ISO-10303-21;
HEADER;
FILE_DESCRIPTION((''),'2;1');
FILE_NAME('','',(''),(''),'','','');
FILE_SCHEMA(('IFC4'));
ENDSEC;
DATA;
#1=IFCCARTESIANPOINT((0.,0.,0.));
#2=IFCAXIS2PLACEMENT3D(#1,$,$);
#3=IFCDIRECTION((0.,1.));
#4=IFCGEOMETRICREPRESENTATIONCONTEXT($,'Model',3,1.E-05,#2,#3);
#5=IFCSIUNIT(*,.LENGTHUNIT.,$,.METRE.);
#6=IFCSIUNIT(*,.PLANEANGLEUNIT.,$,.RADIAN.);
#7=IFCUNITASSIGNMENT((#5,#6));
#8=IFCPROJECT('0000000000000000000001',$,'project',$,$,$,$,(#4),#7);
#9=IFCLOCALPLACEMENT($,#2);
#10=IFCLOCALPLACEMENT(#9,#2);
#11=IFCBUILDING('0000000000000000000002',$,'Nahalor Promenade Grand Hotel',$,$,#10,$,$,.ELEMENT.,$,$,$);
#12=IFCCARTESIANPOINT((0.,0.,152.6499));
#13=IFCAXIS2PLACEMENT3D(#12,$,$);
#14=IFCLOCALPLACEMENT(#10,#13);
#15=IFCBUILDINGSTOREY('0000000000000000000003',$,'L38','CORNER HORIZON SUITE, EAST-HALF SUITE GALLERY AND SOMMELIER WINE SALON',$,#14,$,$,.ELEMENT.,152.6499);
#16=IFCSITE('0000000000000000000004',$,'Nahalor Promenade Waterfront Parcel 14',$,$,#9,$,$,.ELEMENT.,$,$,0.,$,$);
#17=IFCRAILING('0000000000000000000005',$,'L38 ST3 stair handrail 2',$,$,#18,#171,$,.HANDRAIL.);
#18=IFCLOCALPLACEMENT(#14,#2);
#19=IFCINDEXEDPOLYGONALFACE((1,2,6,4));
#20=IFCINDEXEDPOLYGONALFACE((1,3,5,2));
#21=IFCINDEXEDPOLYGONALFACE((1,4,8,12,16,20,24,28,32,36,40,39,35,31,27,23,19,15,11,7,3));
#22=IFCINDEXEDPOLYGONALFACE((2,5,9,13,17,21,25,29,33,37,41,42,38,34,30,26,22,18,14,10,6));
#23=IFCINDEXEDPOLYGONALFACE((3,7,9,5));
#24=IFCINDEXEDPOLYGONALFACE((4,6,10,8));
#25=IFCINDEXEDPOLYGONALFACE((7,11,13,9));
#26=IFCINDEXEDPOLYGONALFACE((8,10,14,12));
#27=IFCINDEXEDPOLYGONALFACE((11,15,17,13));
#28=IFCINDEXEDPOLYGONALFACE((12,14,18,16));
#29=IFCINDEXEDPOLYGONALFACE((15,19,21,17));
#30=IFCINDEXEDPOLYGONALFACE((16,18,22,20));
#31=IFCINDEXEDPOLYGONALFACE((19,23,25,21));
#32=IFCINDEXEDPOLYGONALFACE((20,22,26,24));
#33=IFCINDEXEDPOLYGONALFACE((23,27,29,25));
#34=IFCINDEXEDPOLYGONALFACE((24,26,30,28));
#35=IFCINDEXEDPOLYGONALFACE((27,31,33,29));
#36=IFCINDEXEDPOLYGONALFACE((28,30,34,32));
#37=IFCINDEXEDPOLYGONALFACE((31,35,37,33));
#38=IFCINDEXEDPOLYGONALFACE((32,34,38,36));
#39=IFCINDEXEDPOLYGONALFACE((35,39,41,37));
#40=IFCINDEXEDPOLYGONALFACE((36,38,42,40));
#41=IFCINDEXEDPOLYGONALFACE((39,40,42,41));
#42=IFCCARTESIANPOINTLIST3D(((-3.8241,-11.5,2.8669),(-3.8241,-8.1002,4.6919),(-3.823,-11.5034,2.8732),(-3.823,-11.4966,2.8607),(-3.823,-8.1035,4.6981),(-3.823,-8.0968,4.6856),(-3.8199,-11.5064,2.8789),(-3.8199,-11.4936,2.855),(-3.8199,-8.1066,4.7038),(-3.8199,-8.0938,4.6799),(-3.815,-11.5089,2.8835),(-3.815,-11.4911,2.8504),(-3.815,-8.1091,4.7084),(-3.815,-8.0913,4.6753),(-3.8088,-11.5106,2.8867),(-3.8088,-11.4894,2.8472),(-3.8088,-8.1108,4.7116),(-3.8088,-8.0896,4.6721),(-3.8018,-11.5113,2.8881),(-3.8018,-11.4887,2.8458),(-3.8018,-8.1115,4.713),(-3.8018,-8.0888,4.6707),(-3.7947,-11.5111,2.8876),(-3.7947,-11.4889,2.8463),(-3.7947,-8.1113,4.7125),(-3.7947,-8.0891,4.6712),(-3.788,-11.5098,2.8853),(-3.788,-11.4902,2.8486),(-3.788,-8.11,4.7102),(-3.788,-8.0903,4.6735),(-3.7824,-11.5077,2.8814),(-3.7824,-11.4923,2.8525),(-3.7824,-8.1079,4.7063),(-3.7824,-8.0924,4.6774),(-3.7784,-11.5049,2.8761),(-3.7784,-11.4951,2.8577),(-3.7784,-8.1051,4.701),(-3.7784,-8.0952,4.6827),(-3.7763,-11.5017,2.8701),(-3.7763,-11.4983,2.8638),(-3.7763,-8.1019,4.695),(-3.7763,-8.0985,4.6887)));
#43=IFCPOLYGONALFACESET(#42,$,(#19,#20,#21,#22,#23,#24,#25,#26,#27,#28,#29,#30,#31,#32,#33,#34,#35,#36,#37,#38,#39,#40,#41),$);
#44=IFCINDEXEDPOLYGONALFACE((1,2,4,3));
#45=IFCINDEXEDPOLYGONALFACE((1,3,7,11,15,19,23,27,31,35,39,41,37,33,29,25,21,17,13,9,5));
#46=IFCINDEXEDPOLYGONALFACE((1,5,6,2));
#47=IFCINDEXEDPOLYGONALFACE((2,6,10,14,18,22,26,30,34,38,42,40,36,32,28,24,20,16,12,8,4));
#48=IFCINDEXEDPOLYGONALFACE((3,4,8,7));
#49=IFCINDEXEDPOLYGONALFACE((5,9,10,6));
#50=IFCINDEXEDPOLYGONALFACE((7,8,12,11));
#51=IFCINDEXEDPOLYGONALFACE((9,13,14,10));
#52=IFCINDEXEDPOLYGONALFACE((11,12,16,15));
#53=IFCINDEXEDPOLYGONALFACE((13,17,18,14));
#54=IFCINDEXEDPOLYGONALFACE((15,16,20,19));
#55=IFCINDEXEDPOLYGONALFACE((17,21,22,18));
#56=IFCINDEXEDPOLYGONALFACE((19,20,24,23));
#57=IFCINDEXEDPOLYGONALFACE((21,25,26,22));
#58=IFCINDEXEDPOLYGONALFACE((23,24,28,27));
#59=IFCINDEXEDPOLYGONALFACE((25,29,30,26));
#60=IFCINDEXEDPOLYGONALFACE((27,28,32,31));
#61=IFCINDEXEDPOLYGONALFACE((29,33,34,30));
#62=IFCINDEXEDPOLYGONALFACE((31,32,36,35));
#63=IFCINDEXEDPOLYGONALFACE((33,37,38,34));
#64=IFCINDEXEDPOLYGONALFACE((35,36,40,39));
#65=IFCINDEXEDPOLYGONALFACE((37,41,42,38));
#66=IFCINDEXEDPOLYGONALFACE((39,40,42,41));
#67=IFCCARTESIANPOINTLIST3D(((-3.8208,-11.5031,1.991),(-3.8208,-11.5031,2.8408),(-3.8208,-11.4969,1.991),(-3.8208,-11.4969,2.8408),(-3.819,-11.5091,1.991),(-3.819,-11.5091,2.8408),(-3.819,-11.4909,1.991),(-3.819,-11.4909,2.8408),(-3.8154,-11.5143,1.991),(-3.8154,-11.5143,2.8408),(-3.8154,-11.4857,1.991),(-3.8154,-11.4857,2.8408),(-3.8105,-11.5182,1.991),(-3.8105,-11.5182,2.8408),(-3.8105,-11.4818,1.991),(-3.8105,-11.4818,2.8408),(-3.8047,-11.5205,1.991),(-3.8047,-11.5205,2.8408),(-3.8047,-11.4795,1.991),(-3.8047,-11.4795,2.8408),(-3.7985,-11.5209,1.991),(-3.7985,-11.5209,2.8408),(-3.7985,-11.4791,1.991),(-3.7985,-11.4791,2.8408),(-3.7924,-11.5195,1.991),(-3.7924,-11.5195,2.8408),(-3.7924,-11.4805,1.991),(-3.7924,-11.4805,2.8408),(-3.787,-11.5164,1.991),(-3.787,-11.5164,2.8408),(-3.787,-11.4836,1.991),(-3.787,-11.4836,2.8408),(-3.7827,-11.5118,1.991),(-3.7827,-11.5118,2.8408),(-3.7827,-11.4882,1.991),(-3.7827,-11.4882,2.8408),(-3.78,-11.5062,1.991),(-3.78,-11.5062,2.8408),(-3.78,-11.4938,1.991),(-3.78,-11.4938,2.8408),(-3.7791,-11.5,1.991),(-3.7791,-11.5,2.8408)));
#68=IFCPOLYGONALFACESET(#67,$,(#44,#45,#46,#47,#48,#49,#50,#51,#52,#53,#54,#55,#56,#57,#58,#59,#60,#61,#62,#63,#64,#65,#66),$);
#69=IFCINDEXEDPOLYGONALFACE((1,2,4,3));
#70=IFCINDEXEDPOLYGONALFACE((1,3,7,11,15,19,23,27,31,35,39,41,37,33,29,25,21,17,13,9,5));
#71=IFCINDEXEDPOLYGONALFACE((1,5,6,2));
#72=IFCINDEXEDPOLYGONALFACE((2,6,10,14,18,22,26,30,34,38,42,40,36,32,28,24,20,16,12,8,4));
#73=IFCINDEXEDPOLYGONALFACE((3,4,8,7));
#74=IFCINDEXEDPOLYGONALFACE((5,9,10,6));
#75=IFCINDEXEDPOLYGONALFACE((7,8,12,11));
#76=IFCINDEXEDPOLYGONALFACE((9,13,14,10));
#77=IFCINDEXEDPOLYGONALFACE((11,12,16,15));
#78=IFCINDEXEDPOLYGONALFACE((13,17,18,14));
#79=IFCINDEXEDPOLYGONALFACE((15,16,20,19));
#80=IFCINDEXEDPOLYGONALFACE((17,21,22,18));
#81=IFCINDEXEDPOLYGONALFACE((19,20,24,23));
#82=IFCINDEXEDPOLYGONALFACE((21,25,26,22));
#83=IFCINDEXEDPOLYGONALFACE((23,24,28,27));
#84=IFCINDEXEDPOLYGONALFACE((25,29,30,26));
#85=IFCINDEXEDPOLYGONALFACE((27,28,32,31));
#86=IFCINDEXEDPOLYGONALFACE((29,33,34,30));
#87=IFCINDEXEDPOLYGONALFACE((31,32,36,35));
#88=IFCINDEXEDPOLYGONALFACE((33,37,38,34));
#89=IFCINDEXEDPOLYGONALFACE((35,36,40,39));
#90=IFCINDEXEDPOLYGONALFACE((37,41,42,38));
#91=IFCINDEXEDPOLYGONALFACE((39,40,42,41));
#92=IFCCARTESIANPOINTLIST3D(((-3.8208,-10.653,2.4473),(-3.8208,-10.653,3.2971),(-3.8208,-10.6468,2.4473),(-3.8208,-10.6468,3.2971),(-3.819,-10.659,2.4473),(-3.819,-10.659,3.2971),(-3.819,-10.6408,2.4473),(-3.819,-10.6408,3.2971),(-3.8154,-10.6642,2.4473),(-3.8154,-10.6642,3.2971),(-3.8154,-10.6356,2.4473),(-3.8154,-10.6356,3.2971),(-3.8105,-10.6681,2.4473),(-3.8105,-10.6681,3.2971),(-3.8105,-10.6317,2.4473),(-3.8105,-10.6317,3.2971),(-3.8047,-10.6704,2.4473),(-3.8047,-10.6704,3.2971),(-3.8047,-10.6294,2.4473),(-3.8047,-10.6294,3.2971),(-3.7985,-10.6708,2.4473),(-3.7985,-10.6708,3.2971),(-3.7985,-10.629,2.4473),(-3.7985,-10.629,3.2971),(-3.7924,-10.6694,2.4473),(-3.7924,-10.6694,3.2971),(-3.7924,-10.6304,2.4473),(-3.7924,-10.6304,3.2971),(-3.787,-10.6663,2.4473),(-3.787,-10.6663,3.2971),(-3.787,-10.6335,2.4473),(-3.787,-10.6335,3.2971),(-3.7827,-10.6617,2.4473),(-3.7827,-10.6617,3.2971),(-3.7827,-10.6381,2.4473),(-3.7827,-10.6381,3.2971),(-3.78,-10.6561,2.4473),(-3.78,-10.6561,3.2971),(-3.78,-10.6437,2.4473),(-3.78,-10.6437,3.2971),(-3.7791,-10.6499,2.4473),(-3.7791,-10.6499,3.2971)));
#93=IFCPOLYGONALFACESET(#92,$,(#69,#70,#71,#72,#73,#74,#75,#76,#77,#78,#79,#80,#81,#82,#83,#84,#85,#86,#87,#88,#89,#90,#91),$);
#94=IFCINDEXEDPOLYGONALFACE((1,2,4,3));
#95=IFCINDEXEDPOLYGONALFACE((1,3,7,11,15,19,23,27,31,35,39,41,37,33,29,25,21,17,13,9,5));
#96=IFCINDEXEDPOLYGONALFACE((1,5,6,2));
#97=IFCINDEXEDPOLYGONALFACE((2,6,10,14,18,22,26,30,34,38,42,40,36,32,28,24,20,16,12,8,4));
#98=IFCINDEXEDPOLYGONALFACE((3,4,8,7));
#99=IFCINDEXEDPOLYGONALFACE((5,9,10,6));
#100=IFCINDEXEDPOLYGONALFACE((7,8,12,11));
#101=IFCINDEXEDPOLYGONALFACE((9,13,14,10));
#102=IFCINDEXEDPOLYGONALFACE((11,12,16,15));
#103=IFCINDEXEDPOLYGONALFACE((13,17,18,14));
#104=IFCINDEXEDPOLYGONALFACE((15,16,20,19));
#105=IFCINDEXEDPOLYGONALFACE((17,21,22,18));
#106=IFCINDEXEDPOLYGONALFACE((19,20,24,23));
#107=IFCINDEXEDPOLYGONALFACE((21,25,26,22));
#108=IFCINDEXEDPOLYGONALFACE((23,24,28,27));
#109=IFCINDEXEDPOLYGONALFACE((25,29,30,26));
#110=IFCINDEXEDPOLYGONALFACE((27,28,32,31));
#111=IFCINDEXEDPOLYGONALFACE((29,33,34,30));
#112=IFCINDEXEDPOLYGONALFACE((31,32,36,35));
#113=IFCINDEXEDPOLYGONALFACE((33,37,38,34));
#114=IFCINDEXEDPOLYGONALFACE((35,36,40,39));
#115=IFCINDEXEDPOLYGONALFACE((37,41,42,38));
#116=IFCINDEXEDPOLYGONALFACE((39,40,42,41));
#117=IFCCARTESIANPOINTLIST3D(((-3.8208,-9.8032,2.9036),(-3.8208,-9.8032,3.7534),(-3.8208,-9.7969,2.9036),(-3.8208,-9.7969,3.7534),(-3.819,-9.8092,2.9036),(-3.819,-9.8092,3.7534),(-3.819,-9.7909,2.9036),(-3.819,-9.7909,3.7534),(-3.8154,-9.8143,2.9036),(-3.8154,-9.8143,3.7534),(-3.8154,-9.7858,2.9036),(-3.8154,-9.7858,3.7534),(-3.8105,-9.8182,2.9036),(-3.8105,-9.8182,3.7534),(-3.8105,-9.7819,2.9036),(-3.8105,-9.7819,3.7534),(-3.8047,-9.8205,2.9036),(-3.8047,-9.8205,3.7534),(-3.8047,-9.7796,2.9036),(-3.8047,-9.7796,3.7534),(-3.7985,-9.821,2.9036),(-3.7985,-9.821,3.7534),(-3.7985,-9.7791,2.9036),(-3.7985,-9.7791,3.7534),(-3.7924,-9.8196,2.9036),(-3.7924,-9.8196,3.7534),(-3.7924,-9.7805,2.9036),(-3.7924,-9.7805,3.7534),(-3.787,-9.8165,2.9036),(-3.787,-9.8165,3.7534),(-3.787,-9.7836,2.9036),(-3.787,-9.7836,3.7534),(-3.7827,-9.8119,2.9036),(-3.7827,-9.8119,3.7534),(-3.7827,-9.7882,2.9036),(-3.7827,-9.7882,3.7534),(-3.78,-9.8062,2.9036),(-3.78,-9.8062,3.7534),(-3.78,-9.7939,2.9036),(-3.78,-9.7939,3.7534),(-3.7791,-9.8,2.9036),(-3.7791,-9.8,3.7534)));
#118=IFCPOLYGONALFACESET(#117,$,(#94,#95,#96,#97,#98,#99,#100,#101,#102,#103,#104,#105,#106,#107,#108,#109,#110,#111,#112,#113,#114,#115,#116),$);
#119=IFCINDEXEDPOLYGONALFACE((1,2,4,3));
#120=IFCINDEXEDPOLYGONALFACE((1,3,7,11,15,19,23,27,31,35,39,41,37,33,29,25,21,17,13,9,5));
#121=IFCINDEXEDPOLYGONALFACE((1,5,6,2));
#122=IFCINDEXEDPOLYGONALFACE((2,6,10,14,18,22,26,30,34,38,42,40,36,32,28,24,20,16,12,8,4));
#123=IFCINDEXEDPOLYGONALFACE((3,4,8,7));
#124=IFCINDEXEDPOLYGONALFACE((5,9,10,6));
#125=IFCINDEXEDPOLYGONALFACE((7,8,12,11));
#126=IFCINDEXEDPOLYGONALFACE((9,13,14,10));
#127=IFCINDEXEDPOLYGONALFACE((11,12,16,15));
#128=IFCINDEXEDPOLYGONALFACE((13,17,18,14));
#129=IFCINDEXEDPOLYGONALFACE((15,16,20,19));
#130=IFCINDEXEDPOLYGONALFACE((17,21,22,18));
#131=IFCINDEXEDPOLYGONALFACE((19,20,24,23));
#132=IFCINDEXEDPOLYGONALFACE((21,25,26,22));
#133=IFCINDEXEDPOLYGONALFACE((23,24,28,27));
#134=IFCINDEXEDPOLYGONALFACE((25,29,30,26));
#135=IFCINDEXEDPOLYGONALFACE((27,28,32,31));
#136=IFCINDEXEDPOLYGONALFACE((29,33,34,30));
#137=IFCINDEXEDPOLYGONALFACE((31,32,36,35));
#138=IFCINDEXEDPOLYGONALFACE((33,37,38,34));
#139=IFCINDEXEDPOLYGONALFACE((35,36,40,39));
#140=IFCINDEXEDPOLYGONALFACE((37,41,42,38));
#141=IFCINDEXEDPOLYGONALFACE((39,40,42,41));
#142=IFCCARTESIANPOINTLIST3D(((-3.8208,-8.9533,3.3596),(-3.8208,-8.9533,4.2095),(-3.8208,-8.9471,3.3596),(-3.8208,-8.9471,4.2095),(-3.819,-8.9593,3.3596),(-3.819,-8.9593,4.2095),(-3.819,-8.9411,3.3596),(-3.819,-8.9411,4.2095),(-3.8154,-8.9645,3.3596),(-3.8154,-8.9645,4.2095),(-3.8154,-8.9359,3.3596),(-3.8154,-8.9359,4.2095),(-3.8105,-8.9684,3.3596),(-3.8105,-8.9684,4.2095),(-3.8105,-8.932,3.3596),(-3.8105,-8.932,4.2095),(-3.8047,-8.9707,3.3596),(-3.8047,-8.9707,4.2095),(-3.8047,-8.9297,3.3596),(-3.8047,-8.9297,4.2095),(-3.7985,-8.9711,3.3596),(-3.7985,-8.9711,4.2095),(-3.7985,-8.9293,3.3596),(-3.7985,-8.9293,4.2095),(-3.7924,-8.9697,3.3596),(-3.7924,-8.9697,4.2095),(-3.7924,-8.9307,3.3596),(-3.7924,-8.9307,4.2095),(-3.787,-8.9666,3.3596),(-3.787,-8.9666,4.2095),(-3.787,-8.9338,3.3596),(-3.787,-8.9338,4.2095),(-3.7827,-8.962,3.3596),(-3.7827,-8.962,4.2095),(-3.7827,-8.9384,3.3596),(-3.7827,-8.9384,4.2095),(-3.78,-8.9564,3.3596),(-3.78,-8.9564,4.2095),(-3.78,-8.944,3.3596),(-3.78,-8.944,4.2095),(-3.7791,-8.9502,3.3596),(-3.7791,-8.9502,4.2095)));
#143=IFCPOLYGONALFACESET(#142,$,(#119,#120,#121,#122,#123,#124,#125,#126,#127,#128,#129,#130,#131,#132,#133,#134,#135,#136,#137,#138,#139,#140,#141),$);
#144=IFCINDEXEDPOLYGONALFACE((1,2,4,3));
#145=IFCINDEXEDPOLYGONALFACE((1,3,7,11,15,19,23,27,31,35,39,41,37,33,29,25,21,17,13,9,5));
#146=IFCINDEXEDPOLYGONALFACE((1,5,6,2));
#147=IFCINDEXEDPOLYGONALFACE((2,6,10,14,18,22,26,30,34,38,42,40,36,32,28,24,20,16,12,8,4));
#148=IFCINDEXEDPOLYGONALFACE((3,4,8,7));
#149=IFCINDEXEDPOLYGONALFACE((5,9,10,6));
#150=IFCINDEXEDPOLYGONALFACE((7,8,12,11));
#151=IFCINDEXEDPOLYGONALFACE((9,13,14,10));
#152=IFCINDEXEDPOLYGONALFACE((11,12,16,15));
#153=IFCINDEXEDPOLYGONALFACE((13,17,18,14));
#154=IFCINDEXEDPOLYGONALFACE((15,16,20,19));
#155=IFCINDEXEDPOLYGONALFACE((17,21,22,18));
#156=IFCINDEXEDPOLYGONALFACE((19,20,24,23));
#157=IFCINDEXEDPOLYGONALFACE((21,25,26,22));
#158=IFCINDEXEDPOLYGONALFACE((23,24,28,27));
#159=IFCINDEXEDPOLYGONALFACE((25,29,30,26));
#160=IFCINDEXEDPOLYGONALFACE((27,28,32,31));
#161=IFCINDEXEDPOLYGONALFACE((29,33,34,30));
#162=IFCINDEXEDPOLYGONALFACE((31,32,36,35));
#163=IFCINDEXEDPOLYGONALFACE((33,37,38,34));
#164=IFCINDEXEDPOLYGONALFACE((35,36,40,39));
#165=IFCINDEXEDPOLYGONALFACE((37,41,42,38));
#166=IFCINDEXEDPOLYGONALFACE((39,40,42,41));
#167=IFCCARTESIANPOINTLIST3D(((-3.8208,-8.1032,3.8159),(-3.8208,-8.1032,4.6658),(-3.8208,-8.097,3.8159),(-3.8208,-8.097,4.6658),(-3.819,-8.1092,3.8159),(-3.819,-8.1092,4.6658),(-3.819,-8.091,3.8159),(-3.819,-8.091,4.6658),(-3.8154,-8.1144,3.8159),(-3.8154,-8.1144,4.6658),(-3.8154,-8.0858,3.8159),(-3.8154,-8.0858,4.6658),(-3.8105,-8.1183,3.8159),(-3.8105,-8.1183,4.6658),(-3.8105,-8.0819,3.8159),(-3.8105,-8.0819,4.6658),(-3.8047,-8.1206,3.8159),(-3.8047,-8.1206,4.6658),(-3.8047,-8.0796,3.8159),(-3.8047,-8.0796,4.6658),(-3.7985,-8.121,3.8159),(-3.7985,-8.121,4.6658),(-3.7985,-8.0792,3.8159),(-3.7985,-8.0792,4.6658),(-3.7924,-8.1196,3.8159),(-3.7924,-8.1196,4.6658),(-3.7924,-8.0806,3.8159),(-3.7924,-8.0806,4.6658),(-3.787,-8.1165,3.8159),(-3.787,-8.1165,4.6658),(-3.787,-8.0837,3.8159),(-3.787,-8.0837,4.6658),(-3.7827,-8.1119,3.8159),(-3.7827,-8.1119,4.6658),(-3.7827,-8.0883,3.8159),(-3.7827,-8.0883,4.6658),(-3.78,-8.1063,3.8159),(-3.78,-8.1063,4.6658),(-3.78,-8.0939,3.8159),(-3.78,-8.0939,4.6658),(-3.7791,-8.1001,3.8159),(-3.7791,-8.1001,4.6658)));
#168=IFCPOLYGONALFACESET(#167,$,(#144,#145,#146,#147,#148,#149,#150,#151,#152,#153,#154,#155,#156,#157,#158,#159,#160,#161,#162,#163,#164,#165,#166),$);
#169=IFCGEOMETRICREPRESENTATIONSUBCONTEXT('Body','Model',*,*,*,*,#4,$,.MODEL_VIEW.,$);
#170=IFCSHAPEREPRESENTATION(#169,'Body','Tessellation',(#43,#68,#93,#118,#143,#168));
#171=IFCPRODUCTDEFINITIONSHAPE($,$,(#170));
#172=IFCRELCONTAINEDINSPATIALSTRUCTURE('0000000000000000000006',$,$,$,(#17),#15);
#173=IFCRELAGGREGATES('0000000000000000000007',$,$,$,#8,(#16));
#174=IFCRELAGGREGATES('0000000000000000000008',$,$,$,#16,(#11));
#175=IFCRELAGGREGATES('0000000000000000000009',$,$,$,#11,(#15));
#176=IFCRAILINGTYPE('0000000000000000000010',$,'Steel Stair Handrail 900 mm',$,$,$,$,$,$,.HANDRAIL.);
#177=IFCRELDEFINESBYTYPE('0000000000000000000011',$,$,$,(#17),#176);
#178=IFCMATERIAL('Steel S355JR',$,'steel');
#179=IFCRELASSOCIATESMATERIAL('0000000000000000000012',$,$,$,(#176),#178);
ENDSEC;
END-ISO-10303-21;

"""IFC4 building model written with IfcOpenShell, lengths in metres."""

from ifc_helpers import new_model, si_unit, direction, frame, origin, origin_2d, place, context, subcontext, project, spatial, circle, extrude, material, type_object, element, save


model = new_model("IFC4")

# Units and contexts
model_context = context("Model", 3, precision=1e-05, world=origin(), true_north=direction((0.0, 1.0)))
body_context = subcontext(model_context, "Body", "Model", "MODEL_VIEW")
ifc_project = project(units=[si_unit("LENGTHUNIT", "METRE"), si_unit("PLANEANGLEUNIT", "RADIAN")], contexts=[model_context])

# Site, building, storey
site_placement = place(None, origin())
site = spatial("IfcSite", under=ifc_project, at=site_placement, Name="Nahalor Promenade Waterfront Parcel 14", CompositionType="ELEMENT", RefElevation=0.0)
building_placement = place(site_placement, origin())
building = spatial("IfcBuilding", under=site, at=building_placement, Name="Nahalor Promenade Grand Hotel", CompositionType="ELEMENT")
storey_placement = place(building_placement, frame((0.0, 0.0, 152.6499)))
storey = spatial("IfcBuildingStorey", under=building, at=storey_placement, Name="L38", Description="CORNER HORIZON SUITE, EAST-HALF SUITE GALLERY AND SOMMELIER WINE SALON", CompositionType="ELEMENT", Elevation=152.6499)

# Shared definitions
ifc_material_1 = material(Name="Steel S355JR", Category="steel")

# Railing
railing_type_1 = type_object("IfcRailingType", Name="Steel Stair Handrail 900 mm", PredefinedType="HANDRAIL", material=ifc_material_1)
railing_1_placement = place(storey_placement, frame((-3.8, -11.5, 1.991)))
element("IfcRailing", 1, at=railing_1_placement, inside=storey, type_object=railing_type_1, Name="L38 ST3 stair handrail 2", PredefinedType="HANDRAIL", context=body_context, shape_type="SweptSolid", body=[
    extrude(circle(Radius=0.024, at=origin_2d()), frame((0.0, 0.0, 0.876), z_axis=(0.0, 0.881094, 0.472941), x_axis=(-1.0, 0.0, 0.0)), (0.0, 0.0, 1.0), 3.8586),
    extrude(circle(Radius=0.021, at=origin_2d()), origin(), (0.0, 0.0, 1.0), 0.8499),
    extrude(circle(Radius=0.021, at=origin_2d()), frame((0.0, 0.8501, 0.4563)), (0.0, 0.0, 1.0), 0.8499),
    extrude(circle(Radius=0.021, at=origin_2d()), frame((0.0, 1.7, 0.9126)), (0.0, 0.0, 1.0), 0.8499),
    extrude(circle(Radius=0.021, at=origin_2d()), frame((0.0, 2.5498, 1.3687)), (0.0, 0.0, 1.0), 0.8499),
    extrude(circle(Radius=0.021, at=origin_2d()), frame((0.0, 3.3999, 1.825)), (0.0, 0.0, 1.0), 0.8499),
])

save(model, "model.ifc")
